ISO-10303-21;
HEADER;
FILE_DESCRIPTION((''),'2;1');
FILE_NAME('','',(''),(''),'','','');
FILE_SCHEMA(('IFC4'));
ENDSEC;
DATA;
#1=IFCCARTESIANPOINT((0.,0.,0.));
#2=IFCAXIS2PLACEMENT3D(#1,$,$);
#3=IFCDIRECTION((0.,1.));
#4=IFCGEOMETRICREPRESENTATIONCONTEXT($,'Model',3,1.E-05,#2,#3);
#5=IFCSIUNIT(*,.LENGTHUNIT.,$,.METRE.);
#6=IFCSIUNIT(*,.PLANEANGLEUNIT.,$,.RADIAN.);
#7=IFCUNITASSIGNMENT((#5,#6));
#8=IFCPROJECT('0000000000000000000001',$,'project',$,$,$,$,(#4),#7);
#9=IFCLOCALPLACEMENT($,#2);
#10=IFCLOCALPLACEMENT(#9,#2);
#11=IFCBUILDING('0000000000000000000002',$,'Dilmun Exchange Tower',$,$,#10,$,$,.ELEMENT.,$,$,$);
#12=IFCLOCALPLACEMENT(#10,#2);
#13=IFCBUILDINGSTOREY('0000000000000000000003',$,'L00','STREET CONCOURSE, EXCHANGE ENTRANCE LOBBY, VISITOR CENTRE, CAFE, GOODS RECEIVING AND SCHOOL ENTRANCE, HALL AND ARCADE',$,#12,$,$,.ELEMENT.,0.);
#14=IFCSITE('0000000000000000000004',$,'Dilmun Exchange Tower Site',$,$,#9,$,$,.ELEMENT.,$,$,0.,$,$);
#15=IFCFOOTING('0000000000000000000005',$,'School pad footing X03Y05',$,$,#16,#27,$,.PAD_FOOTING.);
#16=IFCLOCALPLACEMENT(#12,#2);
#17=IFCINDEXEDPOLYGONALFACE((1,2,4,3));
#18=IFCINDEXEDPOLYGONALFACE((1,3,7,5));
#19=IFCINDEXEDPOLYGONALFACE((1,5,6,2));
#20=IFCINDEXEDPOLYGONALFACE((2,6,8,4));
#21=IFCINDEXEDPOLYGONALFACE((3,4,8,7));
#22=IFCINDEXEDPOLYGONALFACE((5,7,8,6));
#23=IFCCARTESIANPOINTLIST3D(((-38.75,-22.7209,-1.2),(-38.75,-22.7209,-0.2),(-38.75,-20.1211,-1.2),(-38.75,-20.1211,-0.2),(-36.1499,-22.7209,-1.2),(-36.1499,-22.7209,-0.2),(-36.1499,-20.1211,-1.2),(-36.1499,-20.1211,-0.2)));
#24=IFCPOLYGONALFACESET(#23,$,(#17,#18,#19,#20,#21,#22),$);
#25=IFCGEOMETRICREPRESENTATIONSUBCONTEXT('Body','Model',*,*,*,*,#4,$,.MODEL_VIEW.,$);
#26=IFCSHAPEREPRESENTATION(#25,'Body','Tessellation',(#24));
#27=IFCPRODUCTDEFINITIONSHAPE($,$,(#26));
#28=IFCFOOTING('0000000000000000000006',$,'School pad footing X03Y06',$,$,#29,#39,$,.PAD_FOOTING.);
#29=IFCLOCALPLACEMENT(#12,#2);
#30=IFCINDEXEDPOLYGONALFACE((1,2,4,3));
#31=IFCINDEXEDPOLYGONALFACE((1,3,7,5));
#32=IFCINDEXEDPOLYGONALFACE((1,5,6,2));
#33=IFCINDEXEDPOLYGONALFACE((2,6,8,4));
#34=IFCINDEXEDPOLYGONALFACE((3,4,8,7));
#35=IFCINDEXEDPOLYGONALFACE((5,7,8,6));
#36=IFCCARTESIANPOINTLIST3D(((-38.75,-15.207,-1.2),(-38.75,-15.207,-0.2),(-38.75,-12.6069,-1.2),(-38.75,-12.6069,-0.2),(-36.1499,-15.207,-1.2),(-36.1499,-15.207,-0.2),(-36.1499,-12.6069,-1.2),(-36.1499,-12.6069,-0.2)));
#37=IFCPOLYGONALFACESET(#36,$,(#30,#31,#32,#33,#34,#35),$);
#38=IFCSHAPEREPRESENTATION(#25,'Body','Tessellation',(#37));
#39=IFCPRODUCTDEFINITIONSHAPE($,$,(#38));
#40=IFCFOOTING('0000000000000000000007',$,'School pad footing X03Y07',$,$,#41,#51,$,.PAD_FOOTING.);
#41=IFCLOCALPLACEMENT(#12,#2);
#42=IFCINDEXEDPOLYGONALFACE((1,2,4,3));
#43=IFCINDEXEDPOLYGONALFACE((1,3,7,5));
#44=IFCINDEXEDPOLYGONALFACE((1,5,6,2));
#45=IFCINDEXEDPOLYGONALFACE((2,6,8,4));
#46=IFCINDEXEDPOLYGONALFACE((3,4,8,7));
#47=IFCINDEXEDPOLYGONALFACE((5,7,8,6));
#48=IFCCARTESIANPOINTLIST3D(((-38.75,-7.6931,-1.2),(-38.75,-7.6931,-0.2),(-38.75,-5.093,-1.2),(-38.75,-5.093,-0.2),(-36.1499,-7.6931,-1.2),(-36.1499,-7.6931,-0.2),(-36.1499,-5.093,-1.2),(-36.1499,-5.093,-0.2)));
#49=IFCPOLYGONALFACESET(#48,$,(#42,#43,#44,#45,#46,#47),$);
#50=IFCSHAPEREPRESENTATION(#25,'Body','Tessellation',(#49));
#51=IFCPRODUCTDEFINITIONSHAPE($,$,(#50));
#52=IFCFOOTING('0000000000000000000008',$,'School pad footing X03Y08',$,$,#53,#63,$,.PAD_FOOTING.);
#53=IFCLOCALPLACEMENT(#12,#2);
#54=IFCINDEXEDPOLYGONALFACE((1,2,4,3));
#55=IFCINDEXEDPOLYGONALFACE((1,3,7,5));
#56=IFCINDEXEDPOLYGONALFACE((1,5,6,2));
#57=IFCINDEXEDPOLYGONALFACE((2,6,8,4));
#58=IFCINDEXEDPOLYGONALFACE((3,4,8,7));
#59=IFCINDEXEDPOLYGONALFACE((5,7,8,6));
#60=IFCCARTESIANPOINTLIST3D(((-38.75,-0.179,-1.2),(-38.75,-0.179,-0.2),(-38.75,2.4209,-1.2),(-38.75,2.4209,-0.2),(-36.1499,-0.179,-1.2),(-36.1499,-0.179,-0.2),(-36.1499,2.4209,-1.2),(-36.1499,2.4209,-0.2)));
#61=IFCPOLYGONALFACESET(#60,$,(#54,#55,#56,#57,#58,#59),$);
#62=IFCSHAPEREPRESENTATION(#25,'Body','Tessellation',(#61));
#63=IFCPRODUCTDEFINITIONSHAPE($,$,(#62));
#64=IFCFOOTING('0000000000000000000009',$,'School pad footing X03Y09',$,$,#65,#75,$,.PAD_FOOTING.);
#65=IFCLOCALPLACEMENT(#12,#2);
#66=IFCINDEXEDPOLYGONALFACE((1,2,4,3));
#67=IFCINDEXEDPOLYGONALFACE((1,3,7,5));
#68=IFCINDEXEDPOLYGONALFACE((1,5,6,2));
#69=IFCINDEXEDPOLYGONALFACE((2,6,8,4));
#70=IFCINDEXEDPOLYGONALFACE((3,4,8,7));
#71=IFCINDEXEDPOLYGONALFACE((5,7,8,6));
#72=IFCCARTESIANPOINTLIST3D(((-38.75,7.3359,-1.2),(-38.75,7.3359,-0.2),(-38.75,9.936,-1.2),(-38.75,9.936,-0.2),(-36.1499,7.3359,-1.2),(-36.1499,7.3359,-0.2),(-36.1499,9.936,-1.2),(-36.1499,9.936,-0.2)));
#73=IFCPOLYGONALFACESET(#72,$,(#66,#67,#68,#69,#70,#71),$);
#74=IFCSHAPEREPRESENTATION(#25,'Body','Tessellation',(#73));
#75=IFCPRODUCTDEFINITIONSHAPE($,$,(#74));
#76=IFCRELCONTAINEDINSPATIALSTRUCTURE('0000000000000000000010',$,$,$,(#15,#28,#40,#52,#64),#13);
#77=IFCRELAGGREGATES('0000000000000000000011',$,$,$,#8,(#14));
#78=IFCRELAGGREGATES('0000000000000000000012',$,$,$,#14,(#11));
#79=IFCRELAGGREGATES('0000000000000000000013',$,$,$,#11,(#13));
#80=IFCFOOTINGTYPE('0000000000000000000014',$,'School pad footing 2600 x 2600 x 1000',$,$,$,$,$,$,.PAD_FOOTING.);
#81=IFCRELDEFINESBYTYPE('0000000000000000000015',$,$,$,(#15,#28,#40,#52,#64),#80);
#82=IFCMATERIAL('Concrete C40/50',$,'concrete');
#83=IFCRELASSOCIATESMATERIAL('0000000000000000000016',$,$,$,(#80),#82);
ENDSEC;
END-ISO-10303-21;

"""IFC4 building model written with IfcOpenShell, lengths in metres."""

from ifc_helpers import new_model, si_unit, direction, frame, origin, place, context, subcontext, project, spatial, polyline, outline, extrude, material, type_object, element, save


model = new_model("IFC4")

# Units and contexts
model_context = context("Model", 3, precision=1e-05, world=origin(), true_north=direction((0.0, 1.0)))
body_context = subcontext(model_context, "Body", "Model", "MODEL_VIEW")
ifc_project = project(units=[si_unit("LENGTHUNIT", "METRE"), si_unit("PLANEANGLEUNIT", "RADIAN")], contexts=[model_context])

# Site, building, storey
site_placement = place(None, origin())
site = spatial("IfcSite", under=ifc_project, at=site_placement, Name="Dilmun Exchange Tower Site", CompositionType="ELEMENT", RefElevation=0.0)
building_placement = place(site_placement, origin())
building = spatial("IfcBuilding", under=site, at=building_placement, Name="Dilmun Exchange Tower", CompositionType="ELEMENT")
storey_placement = place(building_placement, origin())
storey = spatial("IfcBuildingStorey", under=building, at=storey_placement, Name="L00", Description="STREET CONCOURSE, EXCHANGE ENTRANCE LOBBY, VISITOR CENTRE, CAFE, GOODS RECEIVING AND SCHOOL ENTRANCE, HALL AND ARCADE", CompositionType="ELEMENT", Elevation=0.0)

# Footings
ifc_material = material(Name="Concrete C40/50", Category="concrete")
footing_type = type_object("IfcFootingType", Name="School pad footing 2600 x 2600 x 1000", PredefinedType="PAD_FOOTING", material=ifc_material)
footing_1_placement = place(storey_placement, frame((0.0, 0.0, -1.2)))
element("IfcFooting", 1, at=footing_1_placement, inside=storey, type_object=footing_type, Name="School pad footing X03Y05", PredefinedType="PAD_FOOTING", context=body_context, shape_type="SweptSolid", body=[
    extrude(outline(polyline([(-38.75, -22.7209), (-38.75, -20.1211), (-36.1499, -20.1211), (-36.1499, -22.7209), (-38.75, -22.7209)])), origin(), (0.0, 0.0, 1.0), 1.0),
])
footing_2_placement = place(storey_placement, frame((0.0, 0.0, -1.2)))
element("IfcFooting", 2, at=footing_2_placement, inside=storey, type_object=footing_type, Name="School pad footing X03Y06", PredefinedType="PAD_FOOTING", context=body_context, shape_type="SweptSolid", body=[
    extrude(outline(polyline([(-38.75, -15.207), (-38.75, -12.6069), (-36.1499, -12.6069), (-36.1499, -15.207), (-38.75, -15.207)])), origin(), (0.0, 0.0, 1.0), 1.0),
])
footing_3_placement = place(storey_placement, frame((0.0, 0.0, -1.2)))
element("IfcFooting", 3, at=footing_3_placement, inside=storey, type_object=footing_type, Name="School pad footing X03Y07", PredefinedType="PAD_FOOTING", context=body_context, shape_type="SweptSolid", body=[
    extrude(outline(polyline([(-38.75, -7.6931), (-38.75, -5.093), (-36.1499, -5.093), (-36.1499, -7.6931), (-38.75, -7.6931)])), origin(), (0.0, 0.0, 1.0), 1.0),
])
footing_4_placement = place(storey_placement, frame((0.0, 0.0, -1.2)))
element("IfcFooting", 4, at=footing_4_placement, inside=storey, type_object=footing_type, Name="School pad footing X03Y08", PredefinedType="PAD_FOOTING", context=body_context, shape_type="SweptSolid", body=[
    extrude(outline(polyline([(-38.75, -0.179), (-38.75, 2.4209), (-36.1499, 2.4209), (-36.1499, -0.179), (-38.75, -0.179)])), origin(), (0.0, 0.0, 1.0), 1.0),
])
footing_5_placement = place(storey_placement, frame((0.0, 0.0, -1.2)))
element("IfcFooting", 5, at=footing_5_placement, inside=storey, type_object=footing_type, Name="School pad footing X03Y09", PredefinedType="PAD_FOOTING", context=body_context, shape_type="SweptSolid", body=[
    extrude(outline(polyline([(-38.75, 7.3359), (-38.75, 9.936), (-36.1499, 9.936), (-36.1499, 7.3359), (-38.75, 7.3359)])), origin(), (0.0, 0.0, 1.0), 1.0),
])

save(model, "model.ifc")
